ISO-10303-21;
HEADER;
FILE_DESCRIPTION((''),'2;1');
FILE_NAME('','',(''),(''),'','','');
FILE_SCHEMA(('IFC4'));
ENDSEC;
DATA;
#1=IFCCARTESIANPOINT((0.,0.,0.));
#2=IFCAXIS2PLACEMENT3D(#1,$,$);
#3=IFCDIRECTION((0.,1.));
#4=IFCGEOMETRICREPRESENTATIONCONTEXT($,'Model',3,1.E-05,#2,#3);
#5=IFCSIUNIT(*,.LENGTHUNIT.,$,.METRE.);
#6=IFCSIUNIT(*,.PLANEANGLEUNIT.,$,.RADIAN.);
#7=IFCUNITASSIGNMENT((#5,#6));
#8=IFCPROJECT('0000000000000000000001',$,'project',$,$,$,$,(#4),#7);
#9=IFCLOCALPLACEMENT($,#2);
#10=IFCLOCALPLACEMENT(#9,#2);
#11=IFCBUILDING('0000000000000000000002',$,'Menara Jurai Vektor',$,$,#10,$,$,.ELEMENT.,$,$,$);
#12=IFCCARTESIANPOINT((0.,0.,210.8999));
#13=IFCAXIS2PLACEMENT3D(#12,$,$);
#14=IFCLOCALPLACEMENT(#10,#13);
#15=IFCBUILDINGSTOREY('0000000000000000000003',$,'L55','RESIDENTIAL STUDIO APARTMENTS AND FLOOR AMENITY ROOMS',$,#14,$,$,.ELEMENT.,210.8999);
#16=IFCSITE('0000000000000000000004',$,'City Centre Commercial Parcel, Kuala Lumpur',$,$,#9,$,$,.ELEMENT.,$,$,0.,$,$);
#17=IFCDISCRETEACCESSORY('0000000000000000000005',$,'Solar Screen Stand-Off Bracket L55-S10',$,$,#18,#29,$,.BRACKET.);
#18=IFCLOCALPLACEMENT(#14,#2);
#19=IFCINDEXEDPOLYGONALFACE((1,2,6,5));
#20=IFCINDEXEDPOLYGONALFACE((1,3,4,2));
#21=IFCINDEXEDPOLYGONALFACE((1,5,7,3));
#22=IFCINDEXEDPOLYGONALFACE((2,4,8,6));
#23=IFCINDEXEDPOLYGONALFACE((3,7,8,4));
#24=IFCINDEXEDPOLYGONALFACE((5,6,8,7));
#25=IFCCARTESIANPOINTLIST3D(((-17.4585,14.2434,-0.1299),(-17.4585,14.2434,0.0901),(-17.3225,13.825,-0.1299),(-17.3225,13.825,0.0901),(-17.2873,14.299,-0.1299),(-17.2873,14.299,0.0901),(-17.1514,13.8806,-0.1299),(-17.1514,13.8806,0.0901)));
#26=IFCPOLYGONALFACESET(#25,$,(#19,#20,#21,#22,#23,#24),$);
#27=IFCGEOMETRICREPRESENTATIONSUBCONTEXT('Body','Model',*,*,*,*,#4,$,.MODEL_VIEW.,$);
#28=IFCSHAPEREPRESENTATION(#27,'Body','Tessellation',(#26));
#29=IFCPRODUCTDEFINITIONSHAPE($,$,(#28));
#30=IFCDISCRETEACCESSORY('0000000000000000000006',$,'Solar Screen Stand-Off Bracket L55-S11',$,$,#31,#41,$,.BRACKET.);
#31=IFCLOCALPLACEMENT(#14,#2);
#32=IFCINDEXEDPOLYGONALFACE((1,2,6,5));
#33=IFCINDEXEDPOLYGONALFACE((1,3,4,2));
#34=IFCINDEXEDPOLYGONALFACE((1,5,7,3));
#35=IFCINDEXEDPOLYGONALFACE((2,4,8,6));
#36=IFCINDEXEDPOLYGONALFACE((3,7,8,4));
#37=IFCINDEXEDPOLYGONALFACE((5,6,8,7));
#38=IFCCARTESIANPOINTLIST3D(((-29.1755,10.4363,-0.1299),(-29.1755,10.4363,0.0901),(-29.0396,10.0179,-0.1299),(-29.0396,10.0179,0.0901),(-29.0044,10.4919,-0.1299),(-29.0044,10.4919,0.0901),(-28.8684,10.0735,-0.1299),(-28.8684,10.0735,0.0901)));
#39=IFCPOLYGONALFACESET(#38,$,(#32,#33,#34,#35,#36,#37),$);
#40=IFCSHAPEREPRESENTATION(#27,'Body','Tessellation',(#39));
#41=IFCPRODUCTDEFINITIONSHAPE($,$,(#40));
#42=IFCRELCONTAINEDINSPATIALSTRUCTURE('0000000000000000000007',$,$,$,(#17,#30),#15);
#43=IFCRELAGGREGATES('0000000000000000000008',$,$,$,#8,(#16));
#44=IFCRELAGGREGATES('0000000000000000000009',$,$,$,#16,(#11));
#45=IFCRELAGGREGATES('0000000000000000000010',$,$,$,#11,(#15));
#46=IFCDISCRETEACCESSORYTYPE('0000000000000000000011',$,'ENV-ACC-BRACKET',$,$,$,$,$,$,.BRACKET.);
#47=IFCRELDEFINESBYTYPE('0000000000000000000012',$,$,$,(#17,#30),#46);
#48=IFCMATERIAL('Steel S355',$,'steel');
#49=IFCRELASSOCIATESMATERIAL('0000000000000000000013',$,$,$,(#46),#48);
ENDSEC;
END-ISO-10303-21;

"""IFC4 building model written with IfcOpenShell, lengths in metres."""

from ifc_helpers import new_model, si_unit, direction, frame, origin, origin_2d, place, context, subcontext, project, spatial, rectangle, extrude, material, type_object, element, save


model = new_model("IFC4")

# Units and contexts
model_context = context("Model", 3, precision=1e-05, world=origin(), true_north=direction((0.0, 1.0)))
body_context = subcontext(model_context, "Body", "Model", "MODEL_VIEW")
ifc_project = project(units=[si_unit("LENGTHUNIT", "METRE"), si_unit("PLANEANGLEUNIT", "RADIAN")], contexts=[model_context])

# Site, building, storey
site_placement = place(None, origin())
site = spatial("IfcSite", under=ifc_project, at=site_placement, Name="City Centre Commercial Parcel, Kuala Lumpur", CompositionType="ELEMENT", RefElevation=0.0)
building_placement = place(site_placement, origin())
building = spatial("IfcBuilding", under=site, at=building_placement, Name="Menara Jurai Vektor", CompositionType="ELEMENT")
storey_placement = place(building_placement, frame((0.0, 0.0, 210.8999)))
storey = spatial("IfcBuildingStorey", under=building, at=storey_placement, Name="L55", Description="RESIDENTIAL STUDIO APARTMENTS AND FLOOR AMENITY ROOMS", CompositionType="ELEMENT", Elevation=210.8999)

# Shared definitions
ifc_material_1 = material(Name="Steel S355", Category="steel")

# Discrete accessories
discrete_accessory_type = type_object("IfcDiscreteAccessoryType", Name="ENV-ACC-BRACKET", PredefinedType="BRACKET", material=ifc_material_1)
for number, where, z_axis, x_axis, name in (
    (1, (-17.3049, 14.062, -0.1299), (0.0, 0.0, 1.0), (-0.951057, -0.309017, 0.0), "Solar Screen Stand-Off Bracket L55-S10"),
    (2, (-29.022, 10.2549, -0.1299), (0.0, 0.0, 1.0), (-0.951057, -0.309017, 0.0), "Solar Screen Stand-Off Bracket L55-S11"),
):
    element("IfcDiscreteAccessory", number, at=place(storey_placement, frame(where, z_axis=z_axis, x_axis=x_axis)), inside=storey, type_object=discrete_accessory_type, Name=name, PredefinedType="BRACKET", context=body_context, shape_type="SweptSolid", body=[
        extrude(rectangle(XDim=0.1799, YDim=0.4399, at=origin_2d()), origin(), (0.0, 0.0, 1.0), 0.22),
    ])

save(model, "model.ifc")
